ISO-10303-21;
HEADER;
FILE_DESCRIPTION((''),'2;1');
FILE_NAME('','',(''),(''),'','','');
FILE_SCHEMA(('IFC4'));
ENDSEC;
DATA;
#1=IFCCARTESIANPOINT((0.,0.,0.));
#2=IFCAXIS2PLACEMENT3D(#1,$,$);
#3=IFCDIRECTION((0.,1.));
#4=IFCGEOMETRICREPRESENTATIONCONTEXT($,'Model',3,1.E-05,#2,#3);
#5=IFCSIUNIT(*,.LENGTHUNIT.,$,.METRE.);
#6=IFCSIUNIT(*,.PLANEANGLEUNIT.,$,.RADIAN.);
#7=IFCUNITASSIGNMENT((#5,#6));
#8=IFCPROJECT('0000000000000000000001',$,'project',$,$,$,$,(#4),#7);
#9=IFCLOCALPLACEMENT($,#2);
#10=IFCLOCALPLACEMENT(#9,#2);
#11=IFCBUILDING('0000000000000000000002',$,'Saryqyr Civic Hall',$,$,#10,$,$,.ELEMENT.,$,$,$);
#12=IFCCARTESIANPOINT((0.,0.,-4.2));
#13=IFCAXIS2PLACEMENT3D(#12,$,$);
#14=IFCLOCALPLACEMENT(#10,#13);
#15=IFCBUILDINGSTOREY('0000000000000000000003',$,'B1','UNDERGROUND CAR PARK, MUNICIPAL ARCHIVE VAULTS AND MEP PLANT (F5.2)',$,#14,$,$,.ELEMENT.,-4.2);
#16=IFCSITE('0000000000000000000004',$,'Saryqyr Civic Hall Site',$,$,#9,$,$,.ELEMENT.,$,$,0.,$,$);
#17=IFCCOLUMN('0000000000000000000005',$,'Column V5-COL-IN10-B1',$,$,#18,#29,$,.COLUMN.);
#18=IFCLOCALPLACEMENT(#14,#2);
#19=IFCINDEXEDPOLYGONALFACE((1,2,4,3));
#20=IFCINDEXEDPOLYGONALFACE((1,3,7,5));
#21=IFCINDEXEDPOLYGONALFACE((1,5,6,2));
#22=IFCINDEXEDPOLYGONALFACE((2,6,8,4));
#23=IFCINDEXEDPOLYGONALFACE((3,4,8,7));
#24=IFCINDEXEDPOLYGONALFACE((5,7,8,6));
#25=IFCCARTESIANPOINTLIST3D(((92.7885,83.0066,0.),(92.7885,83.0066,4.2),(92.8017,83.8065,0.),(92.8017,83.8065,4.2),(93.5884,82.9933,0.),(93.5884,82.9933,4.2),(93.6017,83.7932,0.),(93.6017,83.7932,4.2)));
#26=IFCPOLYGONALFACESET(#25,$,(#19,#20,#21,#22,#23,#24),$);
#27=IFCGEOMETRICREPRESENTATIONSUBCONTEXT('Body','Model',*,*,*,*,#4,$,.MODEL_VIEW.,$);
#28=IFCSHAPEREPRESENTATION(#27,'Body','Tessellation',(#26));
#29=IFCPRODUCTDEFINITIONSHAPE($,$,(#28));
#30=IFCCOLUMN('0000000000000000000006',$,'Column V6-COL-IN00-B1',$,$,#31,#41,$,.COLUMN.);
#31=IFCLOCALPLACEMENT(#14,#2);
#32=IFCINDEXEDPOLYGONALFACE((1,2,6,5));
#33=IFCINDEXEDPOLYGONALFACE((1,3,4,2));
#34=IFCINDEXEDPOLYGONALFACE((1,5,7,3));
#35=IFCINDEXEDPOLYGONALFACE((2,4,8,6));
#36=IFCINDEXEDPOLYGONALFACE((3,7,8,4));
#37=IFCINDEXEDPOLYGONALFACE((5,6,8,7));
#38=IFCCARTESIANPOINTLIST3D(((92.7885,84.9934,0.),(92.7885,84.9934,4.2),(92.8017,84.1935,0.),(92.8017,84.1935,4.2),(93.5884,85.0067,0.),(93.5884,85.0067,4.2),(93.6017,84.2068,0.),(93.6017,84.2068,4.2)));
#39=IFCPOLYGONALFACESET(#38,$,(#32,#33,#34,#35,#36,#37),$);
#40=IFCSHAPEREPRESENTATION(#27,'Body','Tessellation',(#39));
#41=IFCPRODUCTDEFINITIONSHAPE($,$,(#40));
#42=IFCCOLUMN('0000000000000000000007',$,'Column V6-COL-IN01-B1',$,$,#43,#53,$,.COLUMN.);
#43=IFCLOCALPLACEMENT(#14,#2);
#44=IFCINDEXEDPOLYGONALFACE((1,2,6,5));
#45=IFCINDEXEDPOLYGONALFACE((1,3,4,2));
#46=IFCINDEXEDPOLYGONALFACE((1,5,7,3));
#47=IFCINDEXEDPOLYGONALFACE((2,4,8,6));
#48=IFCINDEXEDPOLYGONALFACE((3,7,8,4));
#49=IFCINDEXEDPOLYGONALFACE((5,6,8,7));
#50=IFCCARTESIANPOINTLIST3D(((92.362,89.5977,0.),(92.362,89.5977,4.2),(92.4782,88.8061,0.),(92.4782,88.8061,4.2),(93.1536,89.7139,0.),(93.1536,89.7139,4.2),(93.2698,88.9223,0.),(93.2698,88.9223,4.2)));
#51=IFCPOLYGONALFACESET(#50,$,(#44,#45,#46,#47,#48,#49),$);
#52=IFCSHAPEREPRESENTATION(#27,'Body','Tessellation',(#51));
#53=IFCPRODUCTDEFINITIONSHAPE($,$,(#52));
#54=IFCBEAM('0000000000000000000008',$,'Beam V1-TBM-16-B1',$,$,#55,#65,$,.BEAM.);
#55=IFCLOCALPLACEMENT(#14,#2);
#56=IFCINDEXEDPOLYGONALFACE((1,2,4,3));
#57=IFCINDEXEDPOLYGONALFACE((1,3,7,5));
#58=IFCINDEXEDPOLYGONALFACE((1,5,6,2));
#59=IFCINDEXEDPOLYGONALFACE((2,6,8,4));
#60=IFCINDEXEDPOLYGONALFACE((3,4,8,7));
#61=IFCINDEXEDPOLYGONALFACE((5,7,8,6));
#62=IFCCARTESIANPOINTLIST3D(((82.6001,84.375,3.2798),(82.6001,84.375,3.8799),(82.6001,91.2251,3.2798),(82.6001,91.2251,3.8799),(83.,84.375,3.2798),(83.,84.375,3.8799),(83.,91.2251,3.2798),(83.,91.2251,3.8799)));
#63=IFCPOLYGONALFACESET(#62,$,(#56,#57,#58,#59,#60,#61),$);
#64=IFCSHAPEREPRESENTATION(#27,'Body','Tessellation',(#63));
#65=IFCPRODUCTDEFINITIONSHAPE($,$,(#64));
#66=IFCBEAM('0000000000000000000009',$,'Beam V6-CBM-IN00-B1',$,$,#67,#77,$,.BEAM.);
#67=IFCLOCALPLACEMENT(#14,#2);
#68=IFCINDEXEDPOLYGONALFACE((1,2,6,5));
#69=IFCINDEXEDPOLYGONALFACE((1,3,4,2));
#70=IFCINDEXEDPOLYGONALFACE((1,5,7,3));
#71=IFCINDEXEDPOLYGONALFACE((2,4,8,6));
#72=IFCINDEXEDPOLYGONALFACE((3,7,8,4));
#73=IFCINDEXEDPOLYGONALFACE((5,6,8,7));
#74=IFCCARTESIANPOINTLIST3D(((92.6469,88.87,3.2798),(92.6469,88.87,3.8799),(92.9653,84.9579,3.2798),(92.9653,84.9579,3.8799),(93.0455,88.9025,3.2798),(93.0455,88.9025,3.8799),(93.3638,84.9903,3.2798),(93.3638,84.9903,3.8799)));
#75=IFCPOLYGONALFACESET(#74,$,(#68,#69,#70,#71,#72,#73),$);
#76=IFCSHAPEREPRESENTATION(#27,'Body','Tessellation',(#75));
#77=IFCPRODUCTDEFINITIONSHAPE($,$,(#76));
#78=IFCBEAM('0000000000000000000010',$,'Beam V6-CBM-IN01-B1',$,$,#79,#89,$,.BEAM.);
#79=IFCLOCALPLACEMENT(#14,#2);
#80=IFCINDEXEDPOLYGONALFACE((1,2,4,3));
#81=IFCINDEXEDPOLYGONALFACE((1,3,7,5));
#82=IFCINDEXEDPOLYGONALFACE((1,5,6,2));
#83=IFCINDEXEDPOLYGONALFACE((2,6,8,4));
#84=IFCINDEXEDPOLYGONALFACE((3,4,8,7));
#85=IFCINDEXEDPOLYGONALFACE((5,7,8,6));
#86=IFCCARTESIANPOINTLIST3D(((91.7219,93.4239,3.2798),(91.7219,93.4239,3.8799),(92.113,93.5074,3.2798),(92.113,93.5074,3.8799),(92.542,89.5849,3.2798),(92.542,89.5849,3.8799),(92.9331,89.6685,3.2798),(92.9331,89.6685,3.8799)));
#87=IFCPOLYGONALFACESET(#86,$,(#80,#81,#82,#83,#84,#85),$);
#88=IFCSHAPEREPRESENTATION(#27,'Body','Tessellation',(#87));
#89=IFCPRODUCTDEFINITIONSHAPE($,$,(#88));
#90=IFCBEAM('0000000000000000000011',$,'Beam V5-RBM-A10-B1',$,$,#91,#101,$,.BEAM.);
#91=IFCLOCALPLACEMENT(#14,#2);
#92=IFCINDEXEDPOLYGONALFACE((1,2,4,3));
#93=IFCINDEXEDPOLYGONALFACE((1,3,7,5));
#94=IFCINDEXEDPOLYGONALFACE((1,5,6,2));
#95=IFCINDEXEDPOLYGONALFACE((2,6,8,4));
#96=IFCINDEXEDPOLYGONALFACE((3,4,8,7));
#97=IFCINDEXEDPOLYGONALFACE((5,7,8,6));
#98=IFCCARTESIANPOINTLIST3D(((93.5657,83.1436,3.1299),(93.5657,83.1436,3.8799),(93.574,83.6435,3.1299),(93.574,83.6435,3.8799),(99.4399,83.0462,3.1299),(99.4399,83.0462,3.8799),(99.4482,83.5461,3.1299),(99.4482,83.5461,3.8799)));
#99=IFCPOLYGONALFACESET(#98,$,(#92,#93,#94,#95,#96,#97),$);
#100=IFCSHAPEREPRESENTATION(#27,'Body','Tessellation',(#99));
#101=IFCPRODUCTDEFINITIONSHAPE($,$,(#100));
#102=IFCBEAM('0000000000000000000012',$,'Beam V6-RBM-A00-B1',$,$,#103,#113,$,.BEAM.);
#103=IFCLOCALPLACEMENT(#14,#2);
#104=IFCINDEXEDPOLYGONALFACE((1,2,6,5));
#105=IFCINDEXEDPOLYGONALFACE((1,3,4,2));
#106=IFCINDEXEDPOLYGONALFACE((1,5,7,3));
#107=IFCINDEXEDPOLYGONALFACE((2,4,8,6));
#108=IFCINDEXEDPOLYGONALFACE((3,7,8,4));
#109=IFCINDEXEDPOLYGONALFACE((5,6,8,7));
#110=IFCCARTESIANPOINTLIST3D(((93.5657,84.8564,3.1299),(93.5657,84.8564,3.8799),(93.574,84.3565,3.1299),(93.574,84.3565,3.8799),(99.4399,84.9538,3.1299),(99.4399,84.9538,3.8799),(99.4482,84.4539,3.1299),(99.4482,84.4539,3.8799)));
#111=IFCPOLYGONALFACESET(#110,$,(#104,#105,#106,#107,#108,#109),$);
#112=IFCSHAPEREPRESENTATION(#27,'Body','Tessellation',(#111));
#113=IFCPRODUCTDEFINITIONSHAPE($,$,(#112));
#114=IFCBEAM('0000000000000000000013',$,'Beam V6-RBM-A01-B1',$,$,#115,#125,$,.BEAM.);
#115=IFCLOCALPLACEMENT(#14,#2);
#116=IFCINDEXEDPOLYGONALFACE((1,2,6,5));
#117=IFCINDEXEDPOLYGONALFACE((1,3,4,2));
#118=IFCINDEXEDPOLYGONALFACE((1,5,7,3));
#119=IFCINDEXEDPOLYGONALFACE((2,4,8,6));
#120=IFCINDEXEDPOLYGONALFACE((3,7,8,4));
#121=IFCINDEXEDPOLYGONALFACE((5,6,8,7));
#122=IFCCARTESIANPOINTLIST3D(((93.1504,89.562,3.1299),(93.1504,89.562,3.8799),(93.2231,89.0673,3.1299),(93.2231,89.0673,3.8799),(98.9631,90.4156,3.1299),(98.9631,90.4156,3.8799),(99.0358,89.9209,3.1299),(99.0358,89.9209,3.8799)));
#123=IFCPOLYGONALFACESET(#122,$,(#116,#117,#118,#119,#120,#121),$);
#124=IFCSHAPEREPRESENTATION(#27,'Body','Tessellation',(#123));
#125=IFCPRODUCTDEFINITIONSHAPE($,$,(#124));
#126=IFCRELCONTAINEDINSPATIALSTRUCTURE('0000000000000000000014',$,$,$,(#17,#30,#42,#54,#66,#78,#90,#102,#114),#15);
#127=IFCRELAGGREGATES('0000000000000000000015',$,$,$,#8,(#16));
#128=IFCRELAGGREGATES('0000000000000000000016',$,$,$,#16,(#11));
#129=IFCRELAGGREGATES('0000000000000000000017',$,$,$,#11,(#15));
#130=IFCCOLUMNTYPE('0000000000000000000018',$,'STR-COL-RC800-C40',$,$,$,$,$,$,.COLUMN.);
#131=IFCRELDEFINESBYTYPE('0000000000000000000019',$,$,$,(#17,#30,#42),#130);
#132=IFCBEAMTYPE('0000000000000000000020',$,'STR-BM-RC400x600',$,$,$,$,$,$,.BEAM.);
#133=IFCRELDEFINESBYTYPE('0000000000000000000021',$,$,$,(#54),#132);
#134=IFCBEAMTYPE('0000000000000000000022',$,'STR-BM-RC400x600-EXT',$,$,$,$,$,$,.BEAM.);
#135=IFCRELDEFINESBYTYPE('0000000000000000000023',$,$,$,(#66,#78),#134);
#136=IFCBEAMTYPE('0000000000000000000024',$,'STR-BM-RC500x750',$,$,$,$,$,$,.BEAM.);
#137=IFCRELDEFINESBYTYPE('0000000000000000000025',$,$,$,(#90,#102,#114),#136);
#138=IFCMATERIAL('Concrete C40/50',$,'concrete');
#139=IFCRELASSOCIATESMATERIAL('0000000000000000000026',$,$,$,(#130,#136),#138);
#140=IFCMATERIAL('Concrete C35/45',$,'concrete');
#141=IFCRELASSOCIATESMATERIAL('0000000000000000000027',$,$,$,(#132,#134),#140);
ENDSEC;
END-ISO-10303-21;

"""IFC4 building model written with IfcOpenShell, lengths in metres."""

from ifc_helpers import new_model, si_unit, direction, frame, origin, origin_2d, place, context, subcontext, project, spatial, rectangle, extrude, material, material_profile, profile_set, type_object, element, save


model = new_model("IFC4")

# Units and contexts
model_context = context("Model", 3, precision=1e-05, world=origin(), true_north=direction((0.0, 1.0)))
body_context = subcontext(model_context, "Body", "Model", "MODEL_VIEW")
ifc_project = project(units=[si_unit("LENGTHUNIT", "METRE"), si_unit("PLANEANGLEUNIT", "RADIAN")], contexts=[model_context])

# Site, building, storey
site_placement = place(None, origin())
site = spatial("IfcSite", under=ifc_project, at=site_placement, Name="Saryqyr Civic Hall Site", CompositionType="ELEMENT", RefElevation=0.0)
building_placement = place(site_placement, origin())
building = spatial("IfcBuilding", under=site, at=building_placement, Name="Saryqyr Civic Hall", CompositionType="ELEMENT")
storey_placement = place(building_placement, frame((0.0, 0.0, -4.2)))
storey = spatial("IfcBuildingStorey", under=building, at=storey_placement, Name="B1", Description="UNDERGROUND CAR PARK, MUNICIPAL ARCHIVE VAULTS AND MEP PLANT (F5.2)", CompositionType="ELEMENT", Elevation=-4.2)

# Shared definitions
ifc_material_1 = material(Name="Concrete C35/45", Category="concrete")

# Columns
ifc_material_2 = material(Name="Concrete C40/50", Category="concrete")
ifc_material_profile_1 = material_profile(ifc_material_2, rectangle(XDim=0.8, YDim=0.8, at=origin_2d()), Name="RC 800x800")
ifc_profile_set_1 = profile_set([ifc_material_profile_1], Name="Concrete C40/50")
column_type_1 = type_object("IfcColumnType", Name="STR-COL-RC800-C40", PredefinedType="COLUMN", material=ifc_profile_set_1)
for number, where, z_axis, x_axis, name in (
    (1, (93.1951, 83.3999, 0.0), (0.0, 0.0, 1.0), (0.999863, -0.01658, 0.0), "Column V5-COL-IN10-B1"),
    (2, (93.1951, 84.6001, 0.0), (0.0, 0.0, 1.0), (0.999863, 0.01658, 0.0), "Column V6-COL-IN00-B1"),
    (3, (92.8159, 89.26, 0.0), (0.0, 0.0, 1.0), (0.989399, 0.14522, 0.0), "Column V6-COL-IN01-B1"),
):
    element("IfcColumn", number, at=place(storey_placement, frame(where, z_axis=z_axis, x_axis=x_axis)), inside=storey, type_object=column_type_1, Name=name, PredefinedType="COLUMN", context=body_context, shape_type="SweptSolid", body=[
        extrude(rectangle(XDim=0.8, YDim=0.8, at=origin_2d()), origin(), (0.0, 0.0, 1.0), 4.2),
    ])

# Beams
ifc_material_profile_2 = material_profile(ifc_material_1, rectangle(XDim=0.3999, YDim=0.6001, at=origin_2d()), Name="RC 400x600")
ifc_profile_set_2 = profile_set([ifc_material_profile_2], Name="Concrete C35/45")
beam_type_1 = type_object("IfcBeamType", Name="STR-BM-RC400x600", PredefinedType="BEAM", material=ifc_profile_set_2)
beam_1_placement = place(storey_placement, frame((82.8, 84.375, 3.5798), z_axis=(0.0, 1.0, 0.0), x_axis=(-1.0, 0.0, 0.0)))
element("IfcBeam", 4, at=beam_1_placement, inside=storey, type_object=beam_type_1, Name="Beam V1-TBM-16-B1", PredefinedType="BEAM", context=body_context, shape_type="SweptSolid", body=[
    extrude(rectangle(XDim=0.3999, YDim=0.6001, at=origin_2d()), origin(), (0.0, 0.0, 1.0), 6.8501),
])
ifc_material_profile_3 = material_profile(ifc_material_1, rectangle(XDim=0.3999, YDim=0.6001, at=origin_2d()), Name="RC 400x600")
ifc_profile_set_3 = profile_set([ifc_material_profile_3], Name="Concrete C35/45")
beam_type_2 = type_object("IfcBeamType", Name="STR-BM-RC400x600-EXT", PredefinedType="BEAM", material=ifc_profile_set_3)
beam_2_placement = place(storey_placement, frame((93.1646, 84.9741, 3.5798), z_axis=(-0.08111, 0.996705, 0.0), x_axis=(-0.996705, -0.08111, 0.0)))
element("IfcBeam", 5, at=beam_2_placement, inside=storey, type_object=beam_type_2, Name="Beam V6-CBM-IN00-B1", PredefinedType="BEAM", context=body_context, shape_type="SweptSolid", body=[
    extrude(rectangle(XDim=0.3999, YDim=0.6001, at=origin_2d()), origin(), (0.0, 0.0, 1.0), 3.925),
])
beam_3_placement = place(storey_placement, frame((92.7375, 89.6267, 3.5798), z_axis=(-0.208909, 0.977935, 0.0), x_axis=(-0.977935, -0.208909, 0.0)))
element("IfcBeam", 6, at=beam_3_placement, inside=storey, type_object=beam_type_2, Name="Beam V6-CBM-IN01-B1", PredefinedType="BEAM", context=body_context, shape_type="SweptSolid", body=[
    extrude(rectangle(XDim=0.3999, YDim=0.6001, at=origin_2d()), origin(), (0.0, 0.0, 1.0), 3.9255),
])
ifc_material_profile_4 = material_profile(ifc_material_2, rectangle(XDim=0.5, YDim=0.75, at=origin_2d()), Name="RC 500x750")
ifc_profile_set_4 = profile_set([ifc_material_profile_4], Name="Concrete C40/50")
beam_type_3 = type_object("IfcBeamType", Name="STR-BM-RC500x750", PredefinedType="BEAM", material=ifc_profile_set_4)
for number, where, z_axis, x_axis, name in (
    (7, (93.5698, 83.3936, 3.5049), (0.999863, -0.016581, 0.0), (0.016581, 0.999863, 0.0), "Beam V5-RBM-A10-B1"),
    (8, (93.5698, 84.6064, 3.5049), (0.999863, 0.016581, 0.0), (-0.016581, 0.999863, 0.0), "Beam V6-RBM-A00-B1"),
    (9, (93.1868, 89.3147, 3.5049), (0.989391, 0.145277, 0.0), (-0.145277, 0.989391, 0.0), "Beam V6-RBM-A01-B1"),
):
    element("IfcBeam", number, at=place(storey_placement, frame(where, z_axis=z_axis, x_axis=x_axis)), inside=storey, type_object=beam_type_3, Name=name, PredefinedType="BEAM", context=body_context, shape_type="SweptSolid", body=[
        extrude(rectangle(XDim=0.5, YDim=0.75, at=origin_2d()), origin(), (0.0, 0.0, 1.0), 5.875),
    ])

save(model, "model.ifc")
